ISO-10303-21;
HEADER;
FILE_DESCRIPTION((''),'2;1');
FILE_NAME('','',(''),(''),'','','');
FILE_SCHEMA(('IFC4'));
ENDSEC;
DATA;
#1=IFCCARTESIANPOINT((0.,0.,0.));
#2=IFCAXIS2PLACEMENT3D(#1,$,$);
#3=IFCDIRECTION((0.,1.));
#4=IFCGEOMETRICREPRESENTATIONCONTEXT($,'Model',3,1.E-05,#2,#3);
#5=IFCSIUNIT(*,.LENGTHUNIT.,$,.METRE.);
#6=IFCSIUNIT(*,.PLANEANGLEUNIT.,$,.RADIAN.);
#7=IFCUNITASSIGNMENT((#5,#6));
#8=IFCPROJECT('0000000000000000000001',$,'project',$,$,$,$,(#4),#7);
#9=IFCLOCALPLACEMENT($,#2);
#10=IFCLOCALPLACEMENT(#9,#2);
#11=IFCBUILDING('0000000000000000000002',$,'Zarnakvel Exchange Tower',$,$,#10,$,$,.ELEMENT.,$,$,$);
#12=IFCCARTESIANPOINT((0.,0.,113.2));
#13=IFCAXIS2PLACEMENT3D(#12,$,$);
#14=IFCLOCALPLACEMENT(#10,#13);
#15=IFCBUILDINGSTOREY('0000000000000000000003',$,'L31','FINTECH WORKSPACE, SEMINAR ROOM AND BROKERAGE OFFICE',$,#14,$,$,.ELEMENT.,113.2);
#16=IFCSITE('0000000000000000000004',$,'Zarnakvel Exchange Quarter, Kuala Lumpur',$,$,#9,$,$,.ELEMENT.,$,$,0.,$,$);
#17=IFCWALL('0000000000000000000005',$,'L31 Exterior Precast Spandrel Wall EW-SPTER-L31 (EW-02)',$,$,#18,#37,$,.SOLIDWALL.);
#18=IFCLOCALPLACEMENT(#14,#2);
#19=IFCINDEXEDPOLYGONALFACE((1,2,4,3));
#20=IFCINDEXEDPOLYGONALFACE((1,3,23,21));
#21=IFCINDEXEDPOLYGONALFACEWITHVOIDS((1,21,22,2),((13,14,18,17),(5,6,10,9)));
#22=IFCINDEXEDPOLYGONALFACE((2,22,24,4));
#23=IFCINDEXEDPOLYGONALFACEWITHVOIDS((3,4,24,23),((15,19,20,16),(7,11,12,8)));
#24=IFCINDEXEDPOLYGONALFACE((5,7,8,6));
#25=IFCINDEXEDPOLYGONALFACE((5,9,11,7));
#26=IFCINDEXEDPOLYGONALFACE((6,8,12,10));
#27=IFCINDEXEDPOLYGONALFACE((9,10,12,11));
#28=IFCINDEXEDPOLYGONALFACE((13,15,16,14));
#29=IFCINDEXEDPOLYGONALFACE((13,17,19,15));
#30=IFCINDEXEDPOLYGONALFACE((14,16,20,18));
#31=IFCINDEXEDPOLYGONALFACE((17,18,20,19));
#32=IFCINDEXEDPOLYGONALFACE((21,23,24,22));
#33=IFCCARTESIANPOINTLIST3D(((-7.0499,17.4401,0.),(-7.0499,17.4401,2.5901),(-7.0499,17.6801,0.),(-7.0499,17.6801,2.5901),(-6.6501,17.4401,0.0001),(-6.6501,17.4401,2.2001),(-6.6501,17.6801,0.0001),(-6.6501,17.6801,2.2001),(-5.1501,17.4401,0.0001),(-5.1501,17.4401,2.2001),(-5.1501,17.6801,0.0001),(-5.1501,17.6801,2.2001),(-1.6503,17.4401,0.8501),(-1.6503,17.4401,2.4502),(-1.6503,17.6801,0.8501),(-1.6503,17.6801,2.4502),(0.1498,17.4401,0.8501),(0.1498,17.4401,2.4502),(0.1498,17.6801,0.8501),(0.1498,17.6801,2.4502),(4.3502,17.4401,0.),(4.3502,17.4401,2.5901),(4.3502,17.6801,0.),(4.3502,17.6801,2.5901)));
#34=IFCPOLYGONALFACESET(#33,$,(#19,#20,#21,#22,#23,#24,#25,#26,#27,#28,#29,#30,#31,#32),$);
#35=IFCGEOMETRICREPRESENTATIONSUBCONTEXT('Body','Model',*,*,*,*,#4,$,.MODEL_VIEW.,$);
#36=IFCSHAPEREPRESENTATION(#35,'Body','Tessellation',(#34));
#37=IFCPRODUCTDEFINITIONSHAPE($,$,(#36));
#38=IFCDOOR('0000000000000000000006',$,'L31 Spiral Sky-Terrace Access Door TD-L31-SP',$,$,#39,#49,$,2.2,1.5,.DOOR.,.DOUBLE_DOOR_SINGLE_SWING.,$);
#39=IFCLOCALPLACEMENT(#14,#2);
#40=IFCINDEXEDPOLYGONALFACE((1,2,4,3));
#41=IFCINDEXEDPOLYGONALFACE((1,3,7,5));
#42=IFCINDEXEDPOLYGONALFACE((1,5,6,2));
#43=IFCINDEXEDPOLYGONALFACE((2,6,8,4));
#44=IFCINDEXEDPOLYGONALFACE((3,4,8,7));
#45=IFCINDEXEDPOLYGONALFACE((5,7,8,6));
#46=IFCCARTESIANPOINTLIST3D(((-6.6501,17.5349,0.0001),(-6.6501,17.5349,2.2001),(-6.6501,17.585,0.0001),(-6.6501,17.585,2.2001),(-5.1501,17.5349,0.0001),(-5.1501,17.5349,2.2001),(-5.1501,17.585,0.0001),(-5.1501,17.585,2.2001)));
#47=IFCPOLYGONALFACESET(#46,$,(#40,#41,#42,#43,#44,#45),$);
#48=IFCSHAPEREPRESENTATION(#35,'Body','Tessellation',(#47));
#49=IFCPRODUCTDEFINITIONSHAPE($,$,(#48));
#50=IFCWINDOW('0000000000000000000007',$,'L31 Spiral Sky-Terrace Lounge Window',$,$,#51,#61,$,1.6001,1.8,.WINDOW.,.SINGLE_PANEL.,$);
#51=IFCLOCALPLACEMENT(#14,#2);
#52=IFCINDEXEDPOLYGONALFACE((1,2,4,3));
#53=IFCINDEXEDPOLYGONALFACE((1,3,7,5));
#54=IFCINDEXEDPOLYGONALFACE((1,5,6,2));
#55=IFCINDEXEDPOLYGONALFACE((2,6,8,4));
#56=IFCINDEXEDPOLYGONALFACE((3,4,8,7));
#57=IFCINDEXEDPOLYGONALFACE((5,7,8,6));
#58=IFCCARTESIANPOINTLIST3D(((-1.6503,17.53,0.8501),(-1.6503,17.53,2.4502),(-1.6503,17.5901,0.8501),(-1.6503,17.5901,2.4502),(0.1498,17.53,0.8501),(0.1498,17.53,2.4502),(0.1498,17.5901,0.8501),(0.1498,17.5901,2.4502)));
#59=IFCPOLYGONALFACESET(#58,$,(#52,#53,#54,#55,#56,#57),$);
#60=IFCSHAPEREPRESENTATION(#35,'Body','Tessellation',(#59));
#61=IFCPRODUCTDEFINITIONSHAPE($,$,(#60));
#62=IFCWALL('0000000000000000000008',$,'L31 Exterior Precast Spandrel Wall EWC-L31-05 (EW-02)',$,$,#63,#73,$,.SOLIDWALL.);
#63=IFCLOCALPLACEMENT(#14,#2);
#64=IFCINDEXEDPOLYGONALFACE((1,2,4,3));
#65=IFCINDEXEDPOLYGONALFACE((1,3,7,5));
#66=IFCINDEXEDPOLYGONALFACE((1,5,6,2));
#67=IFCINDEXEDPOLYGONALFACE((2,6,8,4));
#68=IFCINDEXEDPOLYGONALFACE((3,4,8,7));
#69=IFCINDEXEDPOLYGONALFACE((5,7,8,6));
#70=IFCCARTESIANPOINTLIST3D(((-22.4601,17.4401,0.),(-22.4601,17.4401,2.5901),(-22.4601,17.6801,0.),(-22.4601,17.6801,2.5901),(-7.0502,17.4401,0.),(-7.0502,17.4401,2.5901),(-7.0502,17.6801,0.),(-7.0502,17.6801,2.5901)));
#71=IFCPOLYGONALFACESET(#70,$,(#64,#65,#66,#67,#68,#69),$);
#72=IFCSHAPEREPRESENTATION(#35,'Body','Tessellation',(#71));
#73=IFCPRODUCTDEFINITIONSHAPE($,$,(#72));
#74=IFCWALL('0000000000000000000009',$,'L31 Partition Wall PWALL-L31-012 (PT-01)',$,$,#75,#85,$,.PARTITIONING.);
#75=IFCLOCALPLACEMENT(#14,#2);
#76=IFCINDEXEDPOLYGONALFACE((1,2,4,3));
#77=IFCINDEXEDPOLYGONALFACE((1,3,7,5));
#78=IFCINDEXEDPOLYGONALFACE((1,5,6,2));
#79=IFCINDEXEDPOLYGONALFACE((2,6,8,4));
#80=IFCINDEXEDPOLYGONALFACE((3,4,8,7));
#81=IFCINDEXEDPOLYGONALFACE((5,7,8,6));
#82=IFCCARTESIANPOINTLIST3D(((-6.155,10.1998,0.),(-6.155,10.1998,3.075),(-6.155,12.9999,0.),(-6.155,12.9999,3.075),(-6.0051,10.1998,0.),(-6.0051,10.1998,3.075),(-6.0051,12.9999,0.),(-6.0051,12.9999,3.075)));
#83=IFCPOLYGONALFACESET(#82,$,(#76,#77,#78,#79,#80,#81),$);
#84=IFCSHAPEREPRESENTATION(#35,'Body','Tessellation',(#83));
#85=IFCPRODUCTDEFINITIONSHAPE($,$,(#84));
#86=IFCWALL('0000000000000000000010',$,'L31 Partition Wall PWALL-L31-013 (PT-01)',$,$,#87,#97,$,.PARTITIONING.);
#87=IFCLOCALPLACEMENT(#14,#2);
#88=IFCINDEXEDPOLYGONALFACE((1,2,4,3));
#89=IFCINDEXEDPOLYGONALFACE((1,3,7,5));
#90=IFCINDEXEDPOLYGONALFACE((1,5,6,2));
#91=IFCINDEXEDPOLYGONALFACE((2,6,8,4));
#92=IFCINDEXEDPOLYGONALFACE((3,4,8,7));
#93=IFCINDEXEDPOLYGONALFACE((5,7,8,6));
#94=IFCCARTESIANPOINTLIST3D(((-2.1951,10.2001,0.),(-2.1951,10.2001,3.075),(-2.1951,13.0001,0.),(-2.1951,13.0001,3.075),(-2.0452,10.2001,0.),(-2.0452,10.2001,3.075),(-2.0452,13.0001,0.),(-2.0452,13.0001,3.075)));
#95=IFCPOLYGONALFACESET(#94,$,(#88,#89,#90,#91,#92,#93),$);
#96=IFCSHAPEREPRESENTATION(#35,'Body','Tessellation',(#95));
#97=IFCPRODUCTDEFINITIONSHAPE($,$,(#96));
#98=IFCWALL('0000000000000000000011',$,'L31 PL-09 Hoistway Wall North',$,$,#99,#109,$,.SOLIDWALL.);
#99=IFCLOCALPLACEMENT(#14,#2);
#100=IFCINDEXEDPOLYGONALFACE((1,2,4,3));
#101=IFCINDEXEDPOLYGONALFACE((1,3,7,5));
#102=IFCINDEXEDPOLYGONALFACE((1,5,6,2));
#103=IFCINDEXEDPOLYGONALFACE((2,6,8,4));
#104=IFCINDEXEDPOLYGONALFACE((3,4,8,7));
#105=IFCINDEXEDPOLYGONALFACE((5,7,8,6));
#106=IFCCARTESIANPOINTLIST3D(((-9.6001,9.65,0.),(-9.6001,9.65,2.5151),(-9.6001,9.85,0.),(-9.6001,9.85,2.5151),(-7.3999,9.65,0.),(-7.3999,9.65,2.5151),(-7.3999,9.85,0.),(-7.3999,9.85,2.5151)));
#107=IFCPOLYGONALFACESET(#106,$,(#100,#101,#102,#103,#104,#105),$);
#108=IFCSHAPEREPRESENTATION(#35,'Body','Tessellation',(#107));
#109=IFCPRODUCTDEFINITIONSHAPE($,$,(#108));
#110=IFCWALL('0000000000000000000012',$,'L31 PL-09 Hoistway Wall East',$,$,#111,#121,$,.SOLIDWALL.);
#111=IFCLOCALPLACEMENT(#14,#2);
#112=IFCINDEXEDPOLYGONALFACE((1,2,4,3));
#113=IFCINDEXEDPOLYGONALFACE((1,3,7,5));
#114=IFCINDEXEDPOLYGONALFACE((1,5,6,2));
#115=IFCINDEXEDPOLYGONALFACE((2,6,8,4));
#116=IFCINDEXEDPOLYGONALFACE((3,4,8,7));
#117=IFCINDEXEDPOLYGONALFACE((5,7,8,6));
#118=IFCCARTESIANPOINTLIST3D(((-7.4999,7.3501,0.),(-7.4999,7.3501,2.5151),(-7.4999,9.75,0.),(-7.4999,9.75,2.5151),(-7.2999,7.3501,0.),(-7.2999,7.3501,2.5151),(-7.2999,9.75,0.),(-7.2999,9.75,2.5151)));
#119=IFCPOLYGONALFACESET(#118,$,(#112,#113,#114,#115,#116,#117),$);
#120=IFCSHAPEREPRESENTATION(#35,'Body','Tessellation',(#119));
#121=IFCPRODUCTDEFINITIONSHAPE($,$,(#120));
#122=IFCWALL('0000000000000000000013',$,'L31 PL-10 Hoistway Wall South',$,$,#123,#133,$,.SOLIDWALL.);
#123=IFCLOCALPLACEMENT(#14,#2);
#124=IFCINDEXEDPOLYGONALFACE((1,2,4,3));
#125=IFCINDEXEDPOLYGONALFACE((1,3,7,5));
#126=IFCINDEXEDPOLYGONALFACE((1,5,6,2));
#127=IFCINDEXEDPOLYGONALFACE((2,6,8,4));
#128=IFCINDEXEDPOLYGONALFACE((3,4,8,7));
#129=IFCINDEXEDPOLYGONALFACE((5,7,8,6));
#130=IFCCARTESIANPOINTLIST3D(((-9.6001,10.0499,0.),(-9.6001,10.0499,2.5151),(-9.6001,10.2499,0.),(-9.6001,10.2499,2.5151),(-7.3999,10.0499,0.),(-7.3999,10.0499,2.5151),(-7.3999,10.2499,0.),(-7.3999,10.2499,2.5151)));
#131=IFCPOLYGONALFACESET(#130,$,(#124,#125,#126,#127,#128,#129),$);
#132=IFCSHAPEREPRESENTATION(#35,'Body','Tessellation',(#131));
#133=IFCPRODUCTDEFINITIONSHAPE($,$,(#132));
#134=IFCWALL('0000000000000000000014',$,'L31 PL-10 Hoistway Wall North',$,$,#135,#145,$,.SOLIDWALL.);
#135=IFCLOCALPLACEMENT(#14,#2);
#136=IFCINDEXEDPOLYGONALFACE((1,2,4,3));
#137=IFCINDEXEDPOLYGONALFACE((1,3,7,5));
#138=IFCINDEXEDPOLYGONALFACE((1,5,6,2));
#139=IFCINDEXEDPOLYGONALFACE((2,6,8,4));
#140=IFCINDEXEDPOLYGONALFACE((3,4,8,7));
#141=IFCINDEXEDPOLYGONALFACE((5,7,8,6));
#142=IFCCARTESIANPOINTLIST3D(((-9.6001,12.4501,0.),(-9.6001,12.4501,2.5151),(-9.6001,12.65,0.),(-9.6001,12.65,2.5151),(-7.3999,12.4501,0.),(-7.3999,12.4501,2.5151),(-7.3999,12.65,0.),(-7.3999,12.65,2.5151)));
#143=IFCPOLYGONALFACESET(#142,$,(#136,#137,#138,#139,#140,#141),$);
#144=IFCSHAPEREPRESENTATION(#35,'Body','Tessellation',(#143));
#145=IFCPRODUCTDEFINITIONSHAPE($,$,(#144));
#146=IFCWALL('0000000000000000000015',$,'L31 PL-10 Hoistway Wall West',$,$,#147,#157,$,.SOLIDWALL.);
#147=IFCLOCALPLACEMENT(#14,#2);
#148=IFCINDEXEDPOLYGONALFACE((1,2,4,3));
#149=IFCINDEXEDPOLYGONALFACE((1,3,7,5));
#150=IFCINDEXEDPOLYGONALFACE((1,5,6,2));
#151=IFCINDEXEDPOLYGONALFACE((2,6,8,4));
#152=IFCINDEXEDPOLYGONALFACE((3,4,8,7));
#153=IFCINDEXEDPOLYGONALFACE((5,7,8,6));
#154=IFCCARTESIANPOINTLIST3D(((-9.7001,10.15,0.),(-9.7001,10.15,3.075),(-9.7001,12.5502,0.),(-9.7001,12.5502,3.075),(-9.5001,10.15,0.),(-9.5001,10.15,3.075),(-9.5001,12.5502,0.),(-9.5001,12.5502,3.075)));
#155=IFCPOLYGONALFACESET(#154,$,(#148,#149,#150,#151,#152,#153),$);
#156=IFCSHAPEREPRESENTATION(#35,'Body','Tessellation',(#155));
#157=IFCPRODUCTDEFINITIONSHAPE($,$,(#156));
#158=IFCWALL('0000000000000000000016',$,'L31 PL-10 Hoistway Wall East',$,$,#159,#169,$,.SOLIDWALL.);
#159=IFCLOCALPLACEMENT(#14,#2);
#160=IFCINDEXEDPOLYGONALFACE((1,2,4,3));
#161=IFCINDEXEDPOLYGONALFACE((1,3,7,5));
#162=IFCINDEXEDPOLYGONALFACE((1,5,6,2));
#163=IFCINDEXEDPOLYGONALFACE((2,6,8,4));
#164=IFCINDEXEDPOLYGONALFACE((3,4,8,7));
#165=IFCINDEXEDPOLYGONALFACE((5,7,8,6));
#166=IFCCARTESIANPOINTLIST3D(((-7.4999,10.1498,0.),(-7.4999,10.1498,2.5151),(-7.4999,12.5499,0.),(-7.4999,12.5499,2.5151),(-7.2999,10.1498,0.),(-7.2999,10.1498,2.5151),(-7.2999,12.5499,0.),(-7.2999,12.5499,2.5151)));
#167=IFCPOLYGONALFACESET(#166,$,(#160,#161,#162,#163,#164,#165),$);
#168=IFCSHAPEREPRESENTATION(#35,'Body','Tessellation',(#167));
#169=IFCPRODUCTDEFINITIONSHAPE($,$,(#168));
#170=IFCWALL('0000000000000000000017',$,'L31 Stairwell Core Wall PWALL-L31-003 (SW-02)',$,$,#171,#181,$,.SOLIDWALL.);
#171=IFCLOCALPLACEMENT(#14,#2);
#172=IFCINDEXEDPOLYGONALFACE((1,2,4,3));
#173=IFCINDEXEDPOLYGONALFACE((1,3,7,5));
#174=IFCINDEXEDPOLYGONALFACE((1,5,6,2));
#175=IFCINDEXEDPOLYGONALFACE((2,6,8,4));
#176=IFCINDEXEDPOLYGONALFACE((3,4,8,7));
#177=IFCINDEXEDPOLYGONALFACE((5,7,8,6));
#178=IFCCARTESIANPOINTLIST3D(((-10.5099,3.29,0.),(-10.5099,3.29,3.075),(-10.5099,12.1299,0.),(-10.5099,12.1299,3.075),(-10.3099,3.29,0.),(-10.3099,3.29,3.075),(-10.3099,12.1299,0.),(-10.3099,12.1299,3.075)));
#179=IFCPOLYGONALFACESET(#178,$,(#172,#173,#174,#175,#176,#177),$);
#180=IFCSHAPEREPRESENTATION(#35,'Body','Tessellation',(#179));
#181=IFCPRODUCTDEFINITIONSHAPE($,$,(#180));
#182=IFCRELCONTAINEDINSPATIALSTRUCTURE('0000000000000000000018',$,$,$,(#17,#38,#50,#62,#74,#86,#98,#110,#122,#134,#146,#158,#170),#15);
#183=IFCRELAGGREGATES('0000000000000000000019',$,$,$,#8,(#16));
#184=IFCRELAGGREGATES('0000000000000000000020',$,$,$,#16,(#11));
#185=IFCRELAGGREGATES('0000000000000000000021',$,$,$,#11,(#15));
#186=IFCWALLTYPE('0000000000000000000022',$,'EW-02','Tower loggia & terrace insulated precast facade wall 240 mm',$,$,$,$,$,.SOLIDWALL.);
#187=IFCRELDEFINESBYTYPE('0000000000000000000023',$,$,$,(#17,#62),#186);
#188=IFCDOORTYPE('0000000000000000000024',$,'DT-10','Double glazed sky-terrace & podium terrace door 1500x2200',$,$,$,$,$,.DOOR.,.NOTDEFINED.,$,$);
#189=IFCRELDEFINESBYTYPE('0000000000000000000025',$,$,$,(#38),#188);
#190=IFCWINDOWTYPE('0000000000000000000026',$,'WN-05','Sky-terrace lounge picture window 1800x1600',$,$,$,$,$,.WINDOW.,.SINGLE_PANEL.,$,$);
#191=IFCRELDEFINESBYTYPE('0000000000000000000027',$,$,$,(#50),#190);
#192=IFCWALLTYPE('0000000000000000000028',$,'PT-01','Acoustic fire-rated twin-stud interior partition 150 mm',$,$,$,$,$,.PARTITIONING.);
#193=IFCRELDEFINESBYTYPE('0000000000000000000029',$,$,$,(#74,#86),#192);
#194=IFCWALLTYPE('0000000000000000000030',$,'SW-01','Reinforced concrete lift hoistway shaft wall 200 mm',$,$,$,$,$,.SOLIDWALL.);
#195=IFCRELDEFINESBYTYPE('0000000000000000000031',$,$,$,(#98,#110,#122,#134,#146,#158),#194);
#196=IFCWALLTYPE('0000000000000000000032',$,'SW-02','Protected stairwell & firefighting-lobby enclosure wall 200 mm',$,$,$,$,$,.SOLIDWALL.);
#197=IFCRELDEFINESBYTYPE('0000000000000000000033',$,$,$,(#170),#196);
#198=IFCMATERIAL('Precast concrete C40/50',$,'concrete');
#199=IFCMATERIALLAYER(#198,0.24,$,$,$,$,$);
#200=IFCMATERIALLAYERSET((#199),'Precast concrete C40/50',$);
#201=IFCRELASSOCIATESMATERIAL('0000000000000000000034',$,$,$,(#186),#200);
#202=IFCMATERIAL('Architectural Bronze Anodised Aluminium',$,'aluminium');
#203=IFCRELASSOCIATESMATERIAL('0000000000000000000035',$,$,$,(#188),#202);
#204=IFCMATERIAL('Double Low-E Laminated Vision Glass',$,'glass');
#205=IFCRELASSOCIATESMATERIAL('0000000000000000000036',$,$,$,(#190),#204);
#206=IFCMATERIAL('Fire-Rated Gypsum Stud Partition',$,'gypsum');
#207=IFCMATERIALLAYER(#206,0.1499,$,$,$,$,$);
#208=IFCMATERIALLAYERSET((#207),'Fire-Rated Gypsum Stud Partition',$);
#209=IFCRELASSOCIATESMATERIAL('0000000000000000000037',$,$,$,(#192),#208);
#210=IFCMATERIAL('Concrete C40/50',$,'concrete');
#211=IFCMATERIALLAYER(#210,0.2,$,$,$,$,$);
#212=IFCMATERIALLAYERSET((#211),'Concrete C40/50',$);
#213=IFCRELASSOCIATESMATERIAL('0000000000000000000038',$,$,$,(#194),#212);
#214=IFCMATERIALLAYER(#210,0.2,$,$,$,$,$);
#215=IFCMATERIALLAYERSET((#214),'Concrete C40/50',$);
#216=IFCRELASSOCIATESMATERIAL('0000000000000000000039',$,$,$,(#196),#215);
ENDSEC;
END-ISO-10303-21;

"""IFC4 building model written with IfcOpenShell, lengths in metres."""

from ifc_helpers import new_model, si_unit, direction, frame, frame_2d, origin, place, context, subcontext, project, spatial, rectangle, extrude, source, transform, mapped, material, layer, layer_set, type_object, element, fill, save


model = new_model("IFC4")

# Units and contexts
model_context = context("Model", 3, precision=1e-05, world=origin(), true_north=direction((0.0, 1.0)))
body_context = subcontext(model_context, "Body", "Model", "MODEL_VIEW")
ifc_project = project(units=[si_unit("LENGTHUNIT", "METRE"), si_unit("PLANEANGLEUNIT", "RADIAN")], contexts=[model_context])

# Site, building, storey
site_placement = place(None, origin())
site = spatial("IfcSite", under=ifc_project, at=site_placement, Name="Zarnakvel Exchange Quarter, Kuala Lumpur", CompositionType="ELEMENT", RefElevation=0.0)
building_placement = place(site_placement, origin())
building = spatial("IfcBuilding", under=site, at=building_placement, Name="Zarnakvel Exchange Tower", CompositionType="ELEMENT")
storey_placement = place(building_placement, frame((0.0, 0.0, 113.2)))
storey = spatial("IfcBuildingStorey", under=building, at=storey_placement, Name="L31", Description="FINTECH WORKSPACE, SEMINAR ROOM AND BROKERAGE OFFICE", CompositionType="ELEMENT", Elevation=113.2)

# Wall, openings, door, window
ifc_material_1 = material(Name="Precast concrete C40/50", Category="concrete")
ifc_layer_1 = layer(ifc_material_1, 0.24)
ifc_layer_set_1 = layer_set([ifc_layer_1], Name="Precast concrete C40/50")
wall_type_1 = type_object("IfcWallType", Name="EW-02", Description="Tower loggia & terrace insulated precast facade wall 240 mm", PredefinedType="SOLIDWALL", material=ifc_layer_set_1)
wall_1_placement = place(storey_placement, frame((-7.05, 17.5601, 0.0), z_axis=(0.0, 0.0, 1.0), x_axis=(1.0, 0.0, 0.0)))
wall_1 = element("IfcWall", 1, at=wall_1_placement, inside=storey, type_object=wall_type_1, Name="L31 Exterior Precast Spandrel Wall EW-SPTER-L31 (EW-02)", PredefinedType="SOLIDWALL", context=body_context, shape_type="SweptSolid", body=[
    extrude(rectangle(XDim=11.4001, YDim=0.24, at=frame_2d((5.7002, 0.0))), origin(), (0.0, 0.0, 1.0), 2.5901),
])
opening_1_placement = place(wall_1_placement, frame((0.3999, 0.0, 0.0)))
opening_1 = element("IfcOpeningElement", 2, at=opening_1_placement, cuts=wall_1, PredefinedType="OPENING", context=body_context, shape_type="SweptSolid", body=[
    extrude(rectangle(XDim=1.5, YDim=2.2, at=frame_2d((0.75, 1.1001))), frame((0.0, 0.1299, 0.0), z_axis=(0.0, -1.0, 0.0), x_axis=(1.0, 0.0, 0.0)), (0.0, 0.0, 1.0), 0.26),
])
opening_2_placement = place(wall_1_placement, frame((5.3999, 0.0, 0.8501)))
opening_2 = element("IfcOpeningElement", 3, at=opening_2_placement, cuts=wall_1, PredefinedType="OPENING", context=body_context, shape_type="SweptSolid", body=[
    extrude(rectangle(XDim=1.8, YDim=1.6001, at=frame_2d((0.8999, 0.8))), frame((0.0, 0.1299, 0.0), z_axis=(0.0, -1.0, 0.0), x_axis=(1.0, 0.0, 0.0)), (0.0, 0.0, 1.0), 0.26),
])
ifc_material_2 = material(Name="Architectural Bronze Anodised Aluminium", Category="aluminium")
door_type_1 = type_object("IfcDoorType", Name="DT-10", Description="Double glazed sky-terrace & podium terrace door 1500x2200", OperationType="NOTDEFINED", PredefinedType="DOOR", material=ifc_material_2)
shared_shape_1 = source(origin(), body_context, "Body", "SweptSolid", [
    extrude(rectangle(XDim=1.5, YDim=2.2, at=frame_2d((0.75, 1.1001))), frame((0.0, 0.0249, 0.0), z_axis=(0.0, -1.0, 0.0), x_axis=(1.0, 0.0, 0.0)), (0.0, 0.0, 1.0), 0.05),
])
door_1_placement = place(opening_1_placement, origin())
door_1 = element("IfcDoor", 4, at=door_1_placement, inside=storey, type_object=door_type_1, Name="L31 Spiral Sky-Terrace Access Door TD-L31-SP", OperationType="DOUBLE_DOOR_SINGLE_SWING", OverallHeight=2.2, OverallWidth=1.5, PredefinedType="DOOR", context=body_context, shape_type="MappedRepresentation", body=[
    mapped(shared_shape_1, transform((0.0, 0.0, 0.0), x_axis=(1.0, 0.0, 0.0), y_axis=(0.0, 1.0, 0.0), z_axis=(0.0, 0.0, 1.0), scale=1.0)),
])
fill(opening_1, door_1)
ifc_material_3 = material(Name="Double Low-E Laminated Vision Glass", Category="glass")
window_type = type_object("IfcWindowType", Name="WN-05", Description="Sky-terrace lounge picture window 1800x1600", PartitioningType="SINGLE_PANEL", PredefinedType="WINDOW", material=ifc_material_3)
shared_shape_2 = source(origin(), body_context, "Body", "SweptSolid", [
    extrude(rectangle(XDim=1.8, YDim=1.6001, at=frame_2d((0.8999, 0.8))), frame((0.0, 0.03, 0.0), z_axis=(0.0, -1.0, 0.0), x_axis=(1.0, 0.0, 0.0)), (0.0, 0.0, 1.0), 0.0601),
])
window_placement = place(opening_2_placement, origin())
window = element("IfcWindow", 5, at=window_placement, inside=storey, type_object=window_type, Name="L31 Spiral Sky-Terrace Lounge Window", OverallHeight=1.6001, OverallWidth=1.8, PartitioningType="SINGLE_PANEL", PredefinedType="WINDOW", context=body_context, shape_type="MappedRepresentation", body=[
    mapped(shared_shape_2, transform((0.0, 0.0, 0.0), x_axis=(1.0, 0.0, 0.0), y_axis=(0.0, 1.0, 0.0), z_axis=(0.0, 0.0, 1.0), scale=1.0)),
])
fill(opening_2, window)

# Wall
wall_2_placement = place(storey_placement, frame((-7.05, 17.5601, 0.0), z_axis=(0.0, 0.0, 1.0), x_axis=(-1.0, 0.0, 0.0)))
element("IfcWall", 6, at=wall_2_placement, inside=storey, type_object=wall_type_1, Name="L31 Exterior Precast Spandrel Wall EWC-L31-05 (EW-02)", PredefinedType="SOLIDWALL", context=body_context, shape_type="SweptSolid", body=[
    extrude(rectangle(XDim=15.4099, YDim=0.24, at=frame_2d((7.7051, 0.0))), origin(), (0.0, 0.0, 1.0), 2.5901),
])

# Shared definitions
ifc_material_4 = material(Name="Fire-Rated Gypsum Stud Partition", Category="gypsum")
ifc_layer_2 = layer(ifc_material_4, 0.1499)
ifc_layer_set_2 = layer_set([ifc_layer_2], Name="Fire-Rated Gypsum Stud Partition")
wall_type_2 = type_object("IfcWallType", Name="PT-01", Description="Acoustic fire-rated twin-stud interior partition 150 mm", PredefinedType="PARTITIONING", material=ifc_layer_set_2)

# Walls
for number, where, z_axis, x_axis, name in (
    (7, (-6.0801, 10.2, 0.0), (0.0, 0.0, 1.0), (0.0, 1.0, 0.0), "L31 Partition Wall PWALL-L31-012 (PT-01)"),
    (8, (-2.1201, 13.0, 0.0), (0.0, 0.0, 1.0), (0.0, -1.0, 0.0), "L31 Partition Wall PWALL-L31-013 (PT-01)"),
):
    element("IfcWall", number, at=place(storey_placement, frame(where, z_axis=z_axis, x_axis=x_axis)), inside=storey, type_object=wall_type_2, Name=name, PredefinedType="PARTITIONING", context=body_context, shape_type="SweptSolid", body=[
        extrude(rectangle(XDim=2.8, YDim=0.1499, at=frame_2d((1.3999, 0.0))), origin(), (0.0, 0.0, 1.0), 3.075),
    ])
ifc_material_5 = material(Name="Concrete C40/50", Category="concrete")
ifc_layer_3 = layer(ifc_material_5, 0.2)
ifc_layer_set_3 = layer_set([ifc_layer_3], Name="Concrete C40/50")
wall_type_3 = type_object("IfcWallType", Name="SW-01", Description="Reinforced concrete lift hoistway shaft wall 200 mm", PredefinedType="SOLIDWALL", material=ifc_layer_set_3)
wall_3_placement = place(storey_placement, frame((-9.6001, 9.75, 0.0), z_axis=(0.0, 0.0, 1.0), x_axis=(1.0, 0.0, 0.0)))
element("IfcWall", 9, at=wall_3_placement, inside=storey, type_object=wall_type_3, Name="L31 PL-09 Hoistway Wall North", PredefinedType="SOLIDWALL", context=body_context, shape_type="SweptSolid", body=[
    extrude(rectangle(XDim=2.2002, YDim=0.2, at=frame_2d((1.1001, 0.0))), origin(), (0.0, 0.0, 1.0), 2.5151),
])
wall_4_placement = place(storey_placement, frame((-7.3999, 9.75, 0.0), z_axis=(0.0, 0.0, 1.0), x_axis=(0.0, -1.0, 0.0)))
element("IfcWall", 10, at=wall_4_placement, inside=storey, type_object=wall_type_3, Name="L31 PL-09 Hoistway Wall East", PredefinedType="SOLIDWALL", context=body_context, shape_type="SweptSolid", body=[
    extrude(rectangle(XDim=2.3999, YDim=0.2, at=frame_2d((1.2, 0.0))), origin(), (0.0, 0.0, 1.0), 2.5151),
])
for number, where, z_axis, x_axis, name in (
    (11, (-7.3999, 10.1499, 0.0), (0.0, 0.0, 1.0), (-1.0, 0.0, 0.0), "L31 PL-10 Hoistway Wall South"),
    (12, (-9.6001, 12.55, 0.0), (0.0, 0.0, 1.0), (1.0, 0.0, 0.0), "L31 PL-10 Hoistway Wall North"),
):
    element("IfcWall", number, at=place(storey_placement, frame(where, z_axis=z_axis, x_axis=x_axis)), inside=storey, type_object=wall_type_3, Name=name, PredefinedType="SOLIDWALL", context=body_context, shape_type="SweptSolid", body=[
        extrude(rectangle(XDim=2.2002, YDim=0.2, at=frame_2d((1.1001, 0.0))), origin(), (0.0, 0.0, 1.0), 2.5151),
    ])
wall_5_placement = place(storey_placement, frame((-9.6001, 10.1499, 0.0), z_axis=(0.0, 0.0, 1.0), x_axis=(0.0, 1.0, 0.0)))
element("IfcWall", 13, at=wall_5_placement, inside=storey, type_object=wall_type_3, Name="L31 PL-10 Hoistway Wall West", PredefinedType="SOLIDWALL", context=body_context, shape_type="SweptSolid", body=[
    extrude(rectangle(XDim=2.4001, YDim=0.2, at=frame_2d((1.2002, 0.0))), origin(), (0.0, 0.0, 1.0), 3.075),
])
wall_6_placement = place(storey_placement, frame((-7.3999, 12.55, 0.0), z_axis=(0.0, 0.0, 1.0), x_axis=(0.0, -1.0, 0.0)))
element("IfcWall", 14, at=wall_6_placement, inside=storey, type_object=wall_type_3, Name="L31 PL-10 Hoistway Wall East", PredefinedType="SOLIDWALL", context=body_context, shape_type="SweptSolid", body=[
    extrude(rectangle(XDim=2.4001, YDim=0.2, at=frame_2d((1.2002, 0.0))), origin(), (0.0, 0.0, 1.0), 2.5151),
])
ifc_layer_4 = layer(ifc_material_5, 0.2)
ifc_layer_set_4 = layer_set([ifc_layer_4], Name="Concrete C40/50")
wall_type_4 = type_object("IfcWallType", Name="SW-02", Description="Protected stairwell & firefighting-lobby enclosure wall 200 mm", PredefinedType="SOLIDWALL", material=ifc_layer_set_4)
wall_7_placement = place(storey_placement, frame((-10.4099, 12.1299, 0.0), z_axis=(0.0, 0.0, 1.0), x_axis=(0.0, -1.0, 0.0)))
element("IfcWall", 15, at=wall_7_placement, inside=storey, type_object=wall_type_4, Name="L31 Stairwell Core Wall PWALL-L31-003 (SW-02)", PredefinedType="SOLIDWALL", context=body_context, shape_type="SweptSolid", body=[
    extrude(rectangle(XDim=8.8398, YDim=0.2, at=frame_2d((4.4199, 0.0))), origin(), (0.0, 0.0, 1.0), 3.075),
])

save(model, "model.ifc")
